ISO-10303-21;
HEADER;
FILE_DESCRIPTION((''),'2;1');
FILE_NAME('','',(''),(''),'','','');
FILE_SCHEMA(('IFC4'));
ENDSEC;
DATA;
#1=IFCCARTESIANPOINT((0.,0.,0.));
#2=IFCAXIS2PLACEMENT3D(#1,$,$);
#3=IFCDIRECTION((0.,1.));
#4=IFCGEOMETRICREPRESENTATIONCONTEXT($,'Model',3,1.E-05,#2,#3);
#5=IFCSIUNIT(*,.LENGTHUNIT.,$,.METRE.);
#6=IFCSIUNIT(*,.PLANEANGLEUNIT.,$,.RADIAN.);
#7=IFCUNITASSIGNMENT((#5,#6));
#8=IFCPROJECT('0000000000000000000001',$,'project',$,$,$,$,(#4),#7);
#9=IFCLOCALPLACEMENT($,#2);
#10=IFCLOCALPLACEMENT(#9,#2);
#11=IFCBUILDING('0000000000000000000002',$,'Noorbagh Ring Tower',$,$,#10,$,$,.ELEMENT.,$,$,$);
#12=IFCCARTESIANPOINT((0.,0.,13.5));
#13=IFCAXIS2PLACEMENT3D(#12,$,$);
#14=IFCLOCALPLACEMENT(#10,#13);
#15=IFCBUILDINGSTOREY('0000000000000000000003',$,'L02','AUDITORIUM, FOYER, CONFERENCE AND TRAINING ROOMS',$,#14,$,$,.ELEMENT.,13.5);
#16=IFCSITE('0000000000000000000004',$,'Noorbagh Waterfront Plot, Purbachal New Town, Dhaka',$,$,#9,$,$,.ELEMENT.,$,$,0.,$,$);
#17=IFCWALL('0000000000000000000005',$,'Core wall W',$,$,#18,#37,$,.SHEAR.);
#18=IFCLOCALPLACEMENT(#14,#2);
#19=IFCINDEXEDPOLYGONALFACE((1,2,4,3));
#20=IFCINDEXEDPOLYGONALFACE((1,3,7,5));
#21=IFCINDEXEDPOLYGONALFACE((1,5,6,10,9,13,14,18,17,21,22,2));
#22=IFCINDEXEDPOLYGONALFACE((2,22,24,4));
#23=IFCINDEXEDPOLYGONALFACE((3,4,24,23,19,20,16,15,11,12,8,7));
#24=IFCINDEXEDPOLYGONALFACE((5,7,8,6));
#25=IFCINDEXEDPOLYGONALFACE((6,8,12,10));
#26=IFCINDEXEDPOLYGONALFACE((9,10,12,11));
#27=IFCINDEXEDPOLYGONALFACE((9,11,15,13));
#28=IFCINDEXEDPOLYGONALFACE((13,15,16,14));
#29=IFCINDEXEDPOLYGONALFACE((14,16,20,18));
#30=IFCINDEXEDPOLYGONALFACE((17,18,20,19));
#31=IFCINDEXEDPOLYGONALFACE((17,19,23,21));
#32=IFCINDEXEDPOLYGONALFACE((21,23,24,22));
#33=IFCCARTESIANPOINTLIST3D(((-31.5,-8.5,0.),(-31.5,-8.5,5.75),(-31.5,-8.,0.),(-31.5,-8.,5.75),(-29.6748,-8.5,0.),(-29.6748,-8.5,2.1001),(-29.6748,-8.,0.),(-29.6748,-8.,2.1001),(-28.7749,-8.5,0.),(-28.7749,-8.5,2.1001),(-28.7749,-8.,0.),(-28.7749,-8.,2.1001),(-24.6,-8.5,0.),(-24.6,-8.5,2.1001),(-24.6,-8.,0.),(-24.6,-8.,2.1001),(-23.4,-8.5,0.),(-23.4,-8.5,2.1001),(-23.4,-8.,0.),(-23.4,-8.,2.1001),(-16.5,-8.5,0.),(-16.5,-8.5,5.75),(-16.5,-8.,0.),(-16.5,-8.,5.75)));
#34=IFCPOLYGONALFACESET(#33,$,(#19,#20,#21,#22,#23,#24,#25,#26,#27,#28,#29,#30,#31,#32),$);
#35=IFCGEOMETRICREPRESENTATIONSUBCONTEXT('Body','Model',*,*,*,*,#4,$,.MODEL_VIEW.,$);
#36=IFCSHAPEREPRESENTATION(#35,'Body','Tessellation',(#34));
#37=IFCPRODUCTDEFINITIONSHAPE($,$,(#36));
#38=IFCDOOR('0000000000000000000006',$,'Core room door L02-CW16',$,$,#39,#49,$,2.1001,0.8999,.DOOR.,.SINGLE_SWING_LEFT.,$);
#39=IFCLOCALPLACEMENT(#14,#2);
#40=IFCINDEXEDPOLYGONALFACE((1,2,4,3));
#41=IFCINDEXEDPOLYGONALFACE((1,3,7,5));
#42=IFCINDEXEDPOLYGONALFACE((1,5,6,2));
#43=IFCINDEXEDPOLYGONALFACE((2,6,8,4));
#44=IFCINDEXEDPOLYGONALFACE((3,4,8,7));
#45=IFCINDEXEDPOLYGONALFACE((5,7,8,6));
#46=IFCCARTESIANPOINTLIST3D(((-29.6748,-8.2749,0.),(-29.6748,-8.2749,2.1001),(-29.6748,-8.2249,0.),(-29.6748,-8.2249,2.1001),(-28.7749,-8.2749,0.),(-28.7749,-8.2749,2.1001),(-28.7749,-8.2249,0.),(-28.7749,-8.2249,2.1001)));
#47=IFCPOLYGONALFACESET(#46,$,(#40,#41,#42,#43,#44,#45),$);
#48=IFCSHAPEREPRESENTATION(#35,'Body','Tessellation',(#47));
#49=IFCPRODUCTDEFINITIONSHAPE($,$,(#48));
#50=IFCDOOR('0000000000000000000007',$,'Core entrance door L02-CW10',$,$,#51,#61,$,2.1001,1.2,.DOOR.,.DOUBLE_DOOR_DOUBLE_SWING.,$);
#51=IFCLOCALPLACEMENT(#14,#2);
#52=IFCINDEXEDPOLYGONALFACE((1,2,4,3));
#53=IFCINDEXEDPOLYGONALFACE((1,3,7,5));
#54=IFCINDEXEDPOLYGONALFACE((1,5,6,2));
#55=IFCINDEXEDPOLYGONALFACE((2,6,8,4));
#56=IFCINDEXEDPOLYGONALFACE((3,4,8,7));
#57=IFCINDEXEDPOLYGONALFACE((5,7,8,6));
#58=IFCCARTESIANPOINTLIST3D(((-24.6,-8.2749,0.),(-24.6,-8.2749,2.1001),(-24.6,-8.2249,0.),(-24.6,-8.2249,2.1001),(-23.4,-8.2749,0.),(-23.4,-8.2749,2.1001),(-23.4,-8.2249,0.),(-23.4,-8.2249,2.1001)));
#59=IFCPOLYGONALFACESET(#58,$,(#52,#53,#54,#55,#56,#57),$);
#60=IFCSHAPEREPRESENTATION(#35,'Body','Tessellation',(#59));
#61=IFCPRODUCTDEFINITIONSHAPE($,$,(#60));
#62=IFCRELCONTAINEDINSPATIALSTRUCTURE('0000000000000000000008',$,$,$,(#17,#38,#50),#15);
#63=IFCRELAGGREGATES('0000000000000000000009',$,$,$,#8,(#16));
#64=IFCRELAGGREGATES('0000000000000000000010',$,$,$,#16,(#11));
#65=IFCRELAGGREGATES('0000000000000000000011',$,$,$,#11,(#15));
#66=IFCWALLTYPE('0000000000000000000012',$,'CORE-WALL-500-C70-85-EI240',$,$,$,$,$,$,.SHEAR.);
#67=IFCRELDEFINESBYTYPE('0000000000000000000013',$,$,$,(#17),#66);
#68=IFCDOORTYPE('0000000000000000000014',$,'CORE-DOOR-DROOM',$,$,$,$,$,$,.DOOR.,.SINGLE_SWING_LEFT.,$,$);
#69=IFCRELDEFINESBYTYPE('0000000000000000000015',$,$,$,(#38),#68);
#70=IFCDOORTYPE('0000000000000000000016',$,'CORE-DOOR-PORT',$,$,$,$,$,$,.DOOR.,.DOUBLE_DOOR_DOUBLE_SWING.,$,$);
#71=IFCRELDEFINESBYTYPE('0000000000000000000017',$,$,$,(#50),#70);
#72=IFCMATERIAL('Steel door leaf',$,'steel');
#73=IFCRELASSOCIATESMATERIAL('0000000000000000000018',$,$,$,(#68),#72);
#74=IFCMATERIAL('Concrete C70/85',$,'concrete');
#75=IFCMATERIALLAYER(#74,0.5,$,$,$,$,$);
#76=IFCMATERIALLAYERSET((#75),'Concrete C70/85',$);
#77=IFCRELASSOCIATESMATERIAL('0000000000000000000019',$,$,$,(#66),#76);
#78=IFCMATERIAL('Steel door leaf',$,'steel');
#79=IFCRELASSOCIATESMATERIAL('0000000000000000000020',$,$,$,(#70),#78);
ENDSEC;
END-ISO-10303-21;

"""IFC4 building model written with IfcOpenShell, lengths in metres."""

from ifc_helpers import new_model, si_unit, direction, frame, frame_2d, origin, place, context, subcontext, project, spatial, rectangle, extrude, material, layer, layer_set, type_object, element, fill, save


model = new_model("IFC4")

# Units and contexts
model_context = context("Model", 3, precision=1e-05, world=origin(), true_north=direction((0.0, 1.0)))
body_context = subcontext(model_context, "Body", "Model", "MODEL_VIEW")
ifc_project = project(units=[si_unit("LENGTHUNIT", "METRE"), si_unit("PLANEANGLEUNIT", "RADIAN")], contexts=[model_context])

# Site, building, storey
site_placement = place(None, origin())
site = spatial("IfcSite", under=ifc_project, at=site_placement, Name="Noorbagh Waterfront Plot, Purbachal New Town, Dhaka", CompositionType="ELEMENT", RefElevation=0.0)
building_placement = place(site_placement, origin())
building = spatial("IfcBuilding", under=site, at=building_placement, Name="Noorbagh Ring Tower", CompositionType="ELEMENT")
storey_placement = place(building_placement, frame((0.0, 0.0, 13.5)))
storey = spatial("IfcBuildingStorey", under=building, at=storey_placement, Name="L02", Description="AUDITORIUM, FOYER, CONFERENCE AND TRAINING ROOMS", CompositionType="ELEMENT", Elevation=13.5)

# Wall, openings, doors
ifc_material_1 = material(Name="Steel door leaf", Category="steel")
door_type_1 = type_object("IfcDoorType", Name="CORE-DOOR-DROOM", OperationType="SINGLE_SWING_LEFT", PredefinedType="DOOR", material=ifc_material_1)
ifc_material_2 = material(Name="Concrete C70/85", Category="concrete")
ifc_layer_1 = layer(ifc_material_2, 0.5)
ifc_layer_set_1 = layer_set([ifc_layer_1], Name="Concrete C70/85")
wall_type_1 = type_object("IfcWallType", Name="CORE-WALL-500-C70-85-EI240", PredefinedType="SHEAR", material=ifc_layer_set_1)
wall_1_placement = place(storey_placement, frame((-16.5, -8.25, 0.0), z_axis=(0.0, 0.0, 1.0), x_axis=(-1.0, 0.0, 0.0)))
wall_1 = element("IfcWall", 1, at=wall_1_placement, inside=storey, type_object=wall_type_1, Name="Core wall W", PredefinedType="SHEAR", context=body_context, shape_type="SweptSolid", body=[
    extrude(rectangle(XDim=15.0, YDim=0.5, at=frame_2d((7.5, 0.0))), origin(), (0.0, 0.0, 1.0), 5.75),
])
opening_1_placement = place(wall_1_placement, frame((6.8999, 0.0, 0.0)))
opening_1 = element("IfcOpeningElement", 2, at=opening_1_placement, cuts=wall_1, PredefinedType="OPENING", context=body_context, shape_type="SweptSolid", body=[
    extrude(rectangle(XDim=1.2, YDim=2.1001, at=frame_2d((0.6001, 1.05))), frame((0.0, 0.26, 0.0), z_axis=(0.0, -1.0, 0.0), x_axis=(1.0, 0.0, 0.0)), (0.0, 0.0, 1.0), 0.52),
])
opening_2_placement = place(wall_1_placement, frame((12.2749, 0.0, 0.0)))
opening_2 = element("IfcOpeningElement", 3, at=opening_2_placement, cuts=wall_1, PredefinedType="OPENING", context=body_context, shape_type="SweptSolid", body=[
    extrude(rectangle(XDim=0.8999, YDim=2.1001, at=frame_2d((0.45, 1.05))), frame((0.0, 0.26, 0.0), z_axis=(0.0, -1.0, 0.0), x_axis=(1.0, 0.0, 0.0)), (0.0, 0.0, 1.0), 0.52),
])
door_1_placement = place(opening_2_placement, origin())
door_1 = element("IfcDoor", 4, at=door_1_placement, inside=storey, type_object=door_type_1, Name="Core room door L02-CW16", OperationType="SINGLE_SWING_LEFT", OverallHeight=2.1001, OverallWidth=0.8999, PredefinedType="DOOR", context=body_context, shape_type="SweptSolid", body=[
    extrude(rectangle(XDim=0.8999, YDim=2.1001, at=frame_2d((0.45, 1.05))), frame((0.0, 0.0249, 0.0), z_axis=(0.0, -1.0, 0.0), x_axis=(1.0, 0.0, 0.0)), (0.0, 0.0, 1.0), 0.05),
])
fill(opening_2, door_1)
ifc_material_3 = material(Name="Steel door leaf", Category="steel")
door_type_2 = type_object("IfcDoorType", Name="CORE-DOOR-PORT", OperationType="DOUBLE_DOOR_DOUBLE_SWING", PredefinedType="DOOR", material=ifc_material_3)
door_2_placement = place(opening_1_placement, origin())
door_2 = element("IfcDoor", 5, at=door_2_placement, inside=storey, type_object=door_type_2, Name="Core entrance door L02-CW10", OperationType="DOUBLE_DOOR_DOUBLE_SWING", OverallHeight=2.1001, OverallWidth=1.2, PredefinedType="DOOR", context=body_context, shape_type="SweptSolid", body=[
    extrude(rectangle(XDim=1.2, YDim=2.1001, at=frame_2d((0.6001, 1.05))), frame((0.0, 0.0249, 0.0), z_axis=(0.0, -1.0, 0.0), x_axis=(1.0, 0.0, 0.0)), (0.0, 0.0, 1.0), 0.05),
])
fill(opening_1, door_2)

save(model, "model.ifc")
